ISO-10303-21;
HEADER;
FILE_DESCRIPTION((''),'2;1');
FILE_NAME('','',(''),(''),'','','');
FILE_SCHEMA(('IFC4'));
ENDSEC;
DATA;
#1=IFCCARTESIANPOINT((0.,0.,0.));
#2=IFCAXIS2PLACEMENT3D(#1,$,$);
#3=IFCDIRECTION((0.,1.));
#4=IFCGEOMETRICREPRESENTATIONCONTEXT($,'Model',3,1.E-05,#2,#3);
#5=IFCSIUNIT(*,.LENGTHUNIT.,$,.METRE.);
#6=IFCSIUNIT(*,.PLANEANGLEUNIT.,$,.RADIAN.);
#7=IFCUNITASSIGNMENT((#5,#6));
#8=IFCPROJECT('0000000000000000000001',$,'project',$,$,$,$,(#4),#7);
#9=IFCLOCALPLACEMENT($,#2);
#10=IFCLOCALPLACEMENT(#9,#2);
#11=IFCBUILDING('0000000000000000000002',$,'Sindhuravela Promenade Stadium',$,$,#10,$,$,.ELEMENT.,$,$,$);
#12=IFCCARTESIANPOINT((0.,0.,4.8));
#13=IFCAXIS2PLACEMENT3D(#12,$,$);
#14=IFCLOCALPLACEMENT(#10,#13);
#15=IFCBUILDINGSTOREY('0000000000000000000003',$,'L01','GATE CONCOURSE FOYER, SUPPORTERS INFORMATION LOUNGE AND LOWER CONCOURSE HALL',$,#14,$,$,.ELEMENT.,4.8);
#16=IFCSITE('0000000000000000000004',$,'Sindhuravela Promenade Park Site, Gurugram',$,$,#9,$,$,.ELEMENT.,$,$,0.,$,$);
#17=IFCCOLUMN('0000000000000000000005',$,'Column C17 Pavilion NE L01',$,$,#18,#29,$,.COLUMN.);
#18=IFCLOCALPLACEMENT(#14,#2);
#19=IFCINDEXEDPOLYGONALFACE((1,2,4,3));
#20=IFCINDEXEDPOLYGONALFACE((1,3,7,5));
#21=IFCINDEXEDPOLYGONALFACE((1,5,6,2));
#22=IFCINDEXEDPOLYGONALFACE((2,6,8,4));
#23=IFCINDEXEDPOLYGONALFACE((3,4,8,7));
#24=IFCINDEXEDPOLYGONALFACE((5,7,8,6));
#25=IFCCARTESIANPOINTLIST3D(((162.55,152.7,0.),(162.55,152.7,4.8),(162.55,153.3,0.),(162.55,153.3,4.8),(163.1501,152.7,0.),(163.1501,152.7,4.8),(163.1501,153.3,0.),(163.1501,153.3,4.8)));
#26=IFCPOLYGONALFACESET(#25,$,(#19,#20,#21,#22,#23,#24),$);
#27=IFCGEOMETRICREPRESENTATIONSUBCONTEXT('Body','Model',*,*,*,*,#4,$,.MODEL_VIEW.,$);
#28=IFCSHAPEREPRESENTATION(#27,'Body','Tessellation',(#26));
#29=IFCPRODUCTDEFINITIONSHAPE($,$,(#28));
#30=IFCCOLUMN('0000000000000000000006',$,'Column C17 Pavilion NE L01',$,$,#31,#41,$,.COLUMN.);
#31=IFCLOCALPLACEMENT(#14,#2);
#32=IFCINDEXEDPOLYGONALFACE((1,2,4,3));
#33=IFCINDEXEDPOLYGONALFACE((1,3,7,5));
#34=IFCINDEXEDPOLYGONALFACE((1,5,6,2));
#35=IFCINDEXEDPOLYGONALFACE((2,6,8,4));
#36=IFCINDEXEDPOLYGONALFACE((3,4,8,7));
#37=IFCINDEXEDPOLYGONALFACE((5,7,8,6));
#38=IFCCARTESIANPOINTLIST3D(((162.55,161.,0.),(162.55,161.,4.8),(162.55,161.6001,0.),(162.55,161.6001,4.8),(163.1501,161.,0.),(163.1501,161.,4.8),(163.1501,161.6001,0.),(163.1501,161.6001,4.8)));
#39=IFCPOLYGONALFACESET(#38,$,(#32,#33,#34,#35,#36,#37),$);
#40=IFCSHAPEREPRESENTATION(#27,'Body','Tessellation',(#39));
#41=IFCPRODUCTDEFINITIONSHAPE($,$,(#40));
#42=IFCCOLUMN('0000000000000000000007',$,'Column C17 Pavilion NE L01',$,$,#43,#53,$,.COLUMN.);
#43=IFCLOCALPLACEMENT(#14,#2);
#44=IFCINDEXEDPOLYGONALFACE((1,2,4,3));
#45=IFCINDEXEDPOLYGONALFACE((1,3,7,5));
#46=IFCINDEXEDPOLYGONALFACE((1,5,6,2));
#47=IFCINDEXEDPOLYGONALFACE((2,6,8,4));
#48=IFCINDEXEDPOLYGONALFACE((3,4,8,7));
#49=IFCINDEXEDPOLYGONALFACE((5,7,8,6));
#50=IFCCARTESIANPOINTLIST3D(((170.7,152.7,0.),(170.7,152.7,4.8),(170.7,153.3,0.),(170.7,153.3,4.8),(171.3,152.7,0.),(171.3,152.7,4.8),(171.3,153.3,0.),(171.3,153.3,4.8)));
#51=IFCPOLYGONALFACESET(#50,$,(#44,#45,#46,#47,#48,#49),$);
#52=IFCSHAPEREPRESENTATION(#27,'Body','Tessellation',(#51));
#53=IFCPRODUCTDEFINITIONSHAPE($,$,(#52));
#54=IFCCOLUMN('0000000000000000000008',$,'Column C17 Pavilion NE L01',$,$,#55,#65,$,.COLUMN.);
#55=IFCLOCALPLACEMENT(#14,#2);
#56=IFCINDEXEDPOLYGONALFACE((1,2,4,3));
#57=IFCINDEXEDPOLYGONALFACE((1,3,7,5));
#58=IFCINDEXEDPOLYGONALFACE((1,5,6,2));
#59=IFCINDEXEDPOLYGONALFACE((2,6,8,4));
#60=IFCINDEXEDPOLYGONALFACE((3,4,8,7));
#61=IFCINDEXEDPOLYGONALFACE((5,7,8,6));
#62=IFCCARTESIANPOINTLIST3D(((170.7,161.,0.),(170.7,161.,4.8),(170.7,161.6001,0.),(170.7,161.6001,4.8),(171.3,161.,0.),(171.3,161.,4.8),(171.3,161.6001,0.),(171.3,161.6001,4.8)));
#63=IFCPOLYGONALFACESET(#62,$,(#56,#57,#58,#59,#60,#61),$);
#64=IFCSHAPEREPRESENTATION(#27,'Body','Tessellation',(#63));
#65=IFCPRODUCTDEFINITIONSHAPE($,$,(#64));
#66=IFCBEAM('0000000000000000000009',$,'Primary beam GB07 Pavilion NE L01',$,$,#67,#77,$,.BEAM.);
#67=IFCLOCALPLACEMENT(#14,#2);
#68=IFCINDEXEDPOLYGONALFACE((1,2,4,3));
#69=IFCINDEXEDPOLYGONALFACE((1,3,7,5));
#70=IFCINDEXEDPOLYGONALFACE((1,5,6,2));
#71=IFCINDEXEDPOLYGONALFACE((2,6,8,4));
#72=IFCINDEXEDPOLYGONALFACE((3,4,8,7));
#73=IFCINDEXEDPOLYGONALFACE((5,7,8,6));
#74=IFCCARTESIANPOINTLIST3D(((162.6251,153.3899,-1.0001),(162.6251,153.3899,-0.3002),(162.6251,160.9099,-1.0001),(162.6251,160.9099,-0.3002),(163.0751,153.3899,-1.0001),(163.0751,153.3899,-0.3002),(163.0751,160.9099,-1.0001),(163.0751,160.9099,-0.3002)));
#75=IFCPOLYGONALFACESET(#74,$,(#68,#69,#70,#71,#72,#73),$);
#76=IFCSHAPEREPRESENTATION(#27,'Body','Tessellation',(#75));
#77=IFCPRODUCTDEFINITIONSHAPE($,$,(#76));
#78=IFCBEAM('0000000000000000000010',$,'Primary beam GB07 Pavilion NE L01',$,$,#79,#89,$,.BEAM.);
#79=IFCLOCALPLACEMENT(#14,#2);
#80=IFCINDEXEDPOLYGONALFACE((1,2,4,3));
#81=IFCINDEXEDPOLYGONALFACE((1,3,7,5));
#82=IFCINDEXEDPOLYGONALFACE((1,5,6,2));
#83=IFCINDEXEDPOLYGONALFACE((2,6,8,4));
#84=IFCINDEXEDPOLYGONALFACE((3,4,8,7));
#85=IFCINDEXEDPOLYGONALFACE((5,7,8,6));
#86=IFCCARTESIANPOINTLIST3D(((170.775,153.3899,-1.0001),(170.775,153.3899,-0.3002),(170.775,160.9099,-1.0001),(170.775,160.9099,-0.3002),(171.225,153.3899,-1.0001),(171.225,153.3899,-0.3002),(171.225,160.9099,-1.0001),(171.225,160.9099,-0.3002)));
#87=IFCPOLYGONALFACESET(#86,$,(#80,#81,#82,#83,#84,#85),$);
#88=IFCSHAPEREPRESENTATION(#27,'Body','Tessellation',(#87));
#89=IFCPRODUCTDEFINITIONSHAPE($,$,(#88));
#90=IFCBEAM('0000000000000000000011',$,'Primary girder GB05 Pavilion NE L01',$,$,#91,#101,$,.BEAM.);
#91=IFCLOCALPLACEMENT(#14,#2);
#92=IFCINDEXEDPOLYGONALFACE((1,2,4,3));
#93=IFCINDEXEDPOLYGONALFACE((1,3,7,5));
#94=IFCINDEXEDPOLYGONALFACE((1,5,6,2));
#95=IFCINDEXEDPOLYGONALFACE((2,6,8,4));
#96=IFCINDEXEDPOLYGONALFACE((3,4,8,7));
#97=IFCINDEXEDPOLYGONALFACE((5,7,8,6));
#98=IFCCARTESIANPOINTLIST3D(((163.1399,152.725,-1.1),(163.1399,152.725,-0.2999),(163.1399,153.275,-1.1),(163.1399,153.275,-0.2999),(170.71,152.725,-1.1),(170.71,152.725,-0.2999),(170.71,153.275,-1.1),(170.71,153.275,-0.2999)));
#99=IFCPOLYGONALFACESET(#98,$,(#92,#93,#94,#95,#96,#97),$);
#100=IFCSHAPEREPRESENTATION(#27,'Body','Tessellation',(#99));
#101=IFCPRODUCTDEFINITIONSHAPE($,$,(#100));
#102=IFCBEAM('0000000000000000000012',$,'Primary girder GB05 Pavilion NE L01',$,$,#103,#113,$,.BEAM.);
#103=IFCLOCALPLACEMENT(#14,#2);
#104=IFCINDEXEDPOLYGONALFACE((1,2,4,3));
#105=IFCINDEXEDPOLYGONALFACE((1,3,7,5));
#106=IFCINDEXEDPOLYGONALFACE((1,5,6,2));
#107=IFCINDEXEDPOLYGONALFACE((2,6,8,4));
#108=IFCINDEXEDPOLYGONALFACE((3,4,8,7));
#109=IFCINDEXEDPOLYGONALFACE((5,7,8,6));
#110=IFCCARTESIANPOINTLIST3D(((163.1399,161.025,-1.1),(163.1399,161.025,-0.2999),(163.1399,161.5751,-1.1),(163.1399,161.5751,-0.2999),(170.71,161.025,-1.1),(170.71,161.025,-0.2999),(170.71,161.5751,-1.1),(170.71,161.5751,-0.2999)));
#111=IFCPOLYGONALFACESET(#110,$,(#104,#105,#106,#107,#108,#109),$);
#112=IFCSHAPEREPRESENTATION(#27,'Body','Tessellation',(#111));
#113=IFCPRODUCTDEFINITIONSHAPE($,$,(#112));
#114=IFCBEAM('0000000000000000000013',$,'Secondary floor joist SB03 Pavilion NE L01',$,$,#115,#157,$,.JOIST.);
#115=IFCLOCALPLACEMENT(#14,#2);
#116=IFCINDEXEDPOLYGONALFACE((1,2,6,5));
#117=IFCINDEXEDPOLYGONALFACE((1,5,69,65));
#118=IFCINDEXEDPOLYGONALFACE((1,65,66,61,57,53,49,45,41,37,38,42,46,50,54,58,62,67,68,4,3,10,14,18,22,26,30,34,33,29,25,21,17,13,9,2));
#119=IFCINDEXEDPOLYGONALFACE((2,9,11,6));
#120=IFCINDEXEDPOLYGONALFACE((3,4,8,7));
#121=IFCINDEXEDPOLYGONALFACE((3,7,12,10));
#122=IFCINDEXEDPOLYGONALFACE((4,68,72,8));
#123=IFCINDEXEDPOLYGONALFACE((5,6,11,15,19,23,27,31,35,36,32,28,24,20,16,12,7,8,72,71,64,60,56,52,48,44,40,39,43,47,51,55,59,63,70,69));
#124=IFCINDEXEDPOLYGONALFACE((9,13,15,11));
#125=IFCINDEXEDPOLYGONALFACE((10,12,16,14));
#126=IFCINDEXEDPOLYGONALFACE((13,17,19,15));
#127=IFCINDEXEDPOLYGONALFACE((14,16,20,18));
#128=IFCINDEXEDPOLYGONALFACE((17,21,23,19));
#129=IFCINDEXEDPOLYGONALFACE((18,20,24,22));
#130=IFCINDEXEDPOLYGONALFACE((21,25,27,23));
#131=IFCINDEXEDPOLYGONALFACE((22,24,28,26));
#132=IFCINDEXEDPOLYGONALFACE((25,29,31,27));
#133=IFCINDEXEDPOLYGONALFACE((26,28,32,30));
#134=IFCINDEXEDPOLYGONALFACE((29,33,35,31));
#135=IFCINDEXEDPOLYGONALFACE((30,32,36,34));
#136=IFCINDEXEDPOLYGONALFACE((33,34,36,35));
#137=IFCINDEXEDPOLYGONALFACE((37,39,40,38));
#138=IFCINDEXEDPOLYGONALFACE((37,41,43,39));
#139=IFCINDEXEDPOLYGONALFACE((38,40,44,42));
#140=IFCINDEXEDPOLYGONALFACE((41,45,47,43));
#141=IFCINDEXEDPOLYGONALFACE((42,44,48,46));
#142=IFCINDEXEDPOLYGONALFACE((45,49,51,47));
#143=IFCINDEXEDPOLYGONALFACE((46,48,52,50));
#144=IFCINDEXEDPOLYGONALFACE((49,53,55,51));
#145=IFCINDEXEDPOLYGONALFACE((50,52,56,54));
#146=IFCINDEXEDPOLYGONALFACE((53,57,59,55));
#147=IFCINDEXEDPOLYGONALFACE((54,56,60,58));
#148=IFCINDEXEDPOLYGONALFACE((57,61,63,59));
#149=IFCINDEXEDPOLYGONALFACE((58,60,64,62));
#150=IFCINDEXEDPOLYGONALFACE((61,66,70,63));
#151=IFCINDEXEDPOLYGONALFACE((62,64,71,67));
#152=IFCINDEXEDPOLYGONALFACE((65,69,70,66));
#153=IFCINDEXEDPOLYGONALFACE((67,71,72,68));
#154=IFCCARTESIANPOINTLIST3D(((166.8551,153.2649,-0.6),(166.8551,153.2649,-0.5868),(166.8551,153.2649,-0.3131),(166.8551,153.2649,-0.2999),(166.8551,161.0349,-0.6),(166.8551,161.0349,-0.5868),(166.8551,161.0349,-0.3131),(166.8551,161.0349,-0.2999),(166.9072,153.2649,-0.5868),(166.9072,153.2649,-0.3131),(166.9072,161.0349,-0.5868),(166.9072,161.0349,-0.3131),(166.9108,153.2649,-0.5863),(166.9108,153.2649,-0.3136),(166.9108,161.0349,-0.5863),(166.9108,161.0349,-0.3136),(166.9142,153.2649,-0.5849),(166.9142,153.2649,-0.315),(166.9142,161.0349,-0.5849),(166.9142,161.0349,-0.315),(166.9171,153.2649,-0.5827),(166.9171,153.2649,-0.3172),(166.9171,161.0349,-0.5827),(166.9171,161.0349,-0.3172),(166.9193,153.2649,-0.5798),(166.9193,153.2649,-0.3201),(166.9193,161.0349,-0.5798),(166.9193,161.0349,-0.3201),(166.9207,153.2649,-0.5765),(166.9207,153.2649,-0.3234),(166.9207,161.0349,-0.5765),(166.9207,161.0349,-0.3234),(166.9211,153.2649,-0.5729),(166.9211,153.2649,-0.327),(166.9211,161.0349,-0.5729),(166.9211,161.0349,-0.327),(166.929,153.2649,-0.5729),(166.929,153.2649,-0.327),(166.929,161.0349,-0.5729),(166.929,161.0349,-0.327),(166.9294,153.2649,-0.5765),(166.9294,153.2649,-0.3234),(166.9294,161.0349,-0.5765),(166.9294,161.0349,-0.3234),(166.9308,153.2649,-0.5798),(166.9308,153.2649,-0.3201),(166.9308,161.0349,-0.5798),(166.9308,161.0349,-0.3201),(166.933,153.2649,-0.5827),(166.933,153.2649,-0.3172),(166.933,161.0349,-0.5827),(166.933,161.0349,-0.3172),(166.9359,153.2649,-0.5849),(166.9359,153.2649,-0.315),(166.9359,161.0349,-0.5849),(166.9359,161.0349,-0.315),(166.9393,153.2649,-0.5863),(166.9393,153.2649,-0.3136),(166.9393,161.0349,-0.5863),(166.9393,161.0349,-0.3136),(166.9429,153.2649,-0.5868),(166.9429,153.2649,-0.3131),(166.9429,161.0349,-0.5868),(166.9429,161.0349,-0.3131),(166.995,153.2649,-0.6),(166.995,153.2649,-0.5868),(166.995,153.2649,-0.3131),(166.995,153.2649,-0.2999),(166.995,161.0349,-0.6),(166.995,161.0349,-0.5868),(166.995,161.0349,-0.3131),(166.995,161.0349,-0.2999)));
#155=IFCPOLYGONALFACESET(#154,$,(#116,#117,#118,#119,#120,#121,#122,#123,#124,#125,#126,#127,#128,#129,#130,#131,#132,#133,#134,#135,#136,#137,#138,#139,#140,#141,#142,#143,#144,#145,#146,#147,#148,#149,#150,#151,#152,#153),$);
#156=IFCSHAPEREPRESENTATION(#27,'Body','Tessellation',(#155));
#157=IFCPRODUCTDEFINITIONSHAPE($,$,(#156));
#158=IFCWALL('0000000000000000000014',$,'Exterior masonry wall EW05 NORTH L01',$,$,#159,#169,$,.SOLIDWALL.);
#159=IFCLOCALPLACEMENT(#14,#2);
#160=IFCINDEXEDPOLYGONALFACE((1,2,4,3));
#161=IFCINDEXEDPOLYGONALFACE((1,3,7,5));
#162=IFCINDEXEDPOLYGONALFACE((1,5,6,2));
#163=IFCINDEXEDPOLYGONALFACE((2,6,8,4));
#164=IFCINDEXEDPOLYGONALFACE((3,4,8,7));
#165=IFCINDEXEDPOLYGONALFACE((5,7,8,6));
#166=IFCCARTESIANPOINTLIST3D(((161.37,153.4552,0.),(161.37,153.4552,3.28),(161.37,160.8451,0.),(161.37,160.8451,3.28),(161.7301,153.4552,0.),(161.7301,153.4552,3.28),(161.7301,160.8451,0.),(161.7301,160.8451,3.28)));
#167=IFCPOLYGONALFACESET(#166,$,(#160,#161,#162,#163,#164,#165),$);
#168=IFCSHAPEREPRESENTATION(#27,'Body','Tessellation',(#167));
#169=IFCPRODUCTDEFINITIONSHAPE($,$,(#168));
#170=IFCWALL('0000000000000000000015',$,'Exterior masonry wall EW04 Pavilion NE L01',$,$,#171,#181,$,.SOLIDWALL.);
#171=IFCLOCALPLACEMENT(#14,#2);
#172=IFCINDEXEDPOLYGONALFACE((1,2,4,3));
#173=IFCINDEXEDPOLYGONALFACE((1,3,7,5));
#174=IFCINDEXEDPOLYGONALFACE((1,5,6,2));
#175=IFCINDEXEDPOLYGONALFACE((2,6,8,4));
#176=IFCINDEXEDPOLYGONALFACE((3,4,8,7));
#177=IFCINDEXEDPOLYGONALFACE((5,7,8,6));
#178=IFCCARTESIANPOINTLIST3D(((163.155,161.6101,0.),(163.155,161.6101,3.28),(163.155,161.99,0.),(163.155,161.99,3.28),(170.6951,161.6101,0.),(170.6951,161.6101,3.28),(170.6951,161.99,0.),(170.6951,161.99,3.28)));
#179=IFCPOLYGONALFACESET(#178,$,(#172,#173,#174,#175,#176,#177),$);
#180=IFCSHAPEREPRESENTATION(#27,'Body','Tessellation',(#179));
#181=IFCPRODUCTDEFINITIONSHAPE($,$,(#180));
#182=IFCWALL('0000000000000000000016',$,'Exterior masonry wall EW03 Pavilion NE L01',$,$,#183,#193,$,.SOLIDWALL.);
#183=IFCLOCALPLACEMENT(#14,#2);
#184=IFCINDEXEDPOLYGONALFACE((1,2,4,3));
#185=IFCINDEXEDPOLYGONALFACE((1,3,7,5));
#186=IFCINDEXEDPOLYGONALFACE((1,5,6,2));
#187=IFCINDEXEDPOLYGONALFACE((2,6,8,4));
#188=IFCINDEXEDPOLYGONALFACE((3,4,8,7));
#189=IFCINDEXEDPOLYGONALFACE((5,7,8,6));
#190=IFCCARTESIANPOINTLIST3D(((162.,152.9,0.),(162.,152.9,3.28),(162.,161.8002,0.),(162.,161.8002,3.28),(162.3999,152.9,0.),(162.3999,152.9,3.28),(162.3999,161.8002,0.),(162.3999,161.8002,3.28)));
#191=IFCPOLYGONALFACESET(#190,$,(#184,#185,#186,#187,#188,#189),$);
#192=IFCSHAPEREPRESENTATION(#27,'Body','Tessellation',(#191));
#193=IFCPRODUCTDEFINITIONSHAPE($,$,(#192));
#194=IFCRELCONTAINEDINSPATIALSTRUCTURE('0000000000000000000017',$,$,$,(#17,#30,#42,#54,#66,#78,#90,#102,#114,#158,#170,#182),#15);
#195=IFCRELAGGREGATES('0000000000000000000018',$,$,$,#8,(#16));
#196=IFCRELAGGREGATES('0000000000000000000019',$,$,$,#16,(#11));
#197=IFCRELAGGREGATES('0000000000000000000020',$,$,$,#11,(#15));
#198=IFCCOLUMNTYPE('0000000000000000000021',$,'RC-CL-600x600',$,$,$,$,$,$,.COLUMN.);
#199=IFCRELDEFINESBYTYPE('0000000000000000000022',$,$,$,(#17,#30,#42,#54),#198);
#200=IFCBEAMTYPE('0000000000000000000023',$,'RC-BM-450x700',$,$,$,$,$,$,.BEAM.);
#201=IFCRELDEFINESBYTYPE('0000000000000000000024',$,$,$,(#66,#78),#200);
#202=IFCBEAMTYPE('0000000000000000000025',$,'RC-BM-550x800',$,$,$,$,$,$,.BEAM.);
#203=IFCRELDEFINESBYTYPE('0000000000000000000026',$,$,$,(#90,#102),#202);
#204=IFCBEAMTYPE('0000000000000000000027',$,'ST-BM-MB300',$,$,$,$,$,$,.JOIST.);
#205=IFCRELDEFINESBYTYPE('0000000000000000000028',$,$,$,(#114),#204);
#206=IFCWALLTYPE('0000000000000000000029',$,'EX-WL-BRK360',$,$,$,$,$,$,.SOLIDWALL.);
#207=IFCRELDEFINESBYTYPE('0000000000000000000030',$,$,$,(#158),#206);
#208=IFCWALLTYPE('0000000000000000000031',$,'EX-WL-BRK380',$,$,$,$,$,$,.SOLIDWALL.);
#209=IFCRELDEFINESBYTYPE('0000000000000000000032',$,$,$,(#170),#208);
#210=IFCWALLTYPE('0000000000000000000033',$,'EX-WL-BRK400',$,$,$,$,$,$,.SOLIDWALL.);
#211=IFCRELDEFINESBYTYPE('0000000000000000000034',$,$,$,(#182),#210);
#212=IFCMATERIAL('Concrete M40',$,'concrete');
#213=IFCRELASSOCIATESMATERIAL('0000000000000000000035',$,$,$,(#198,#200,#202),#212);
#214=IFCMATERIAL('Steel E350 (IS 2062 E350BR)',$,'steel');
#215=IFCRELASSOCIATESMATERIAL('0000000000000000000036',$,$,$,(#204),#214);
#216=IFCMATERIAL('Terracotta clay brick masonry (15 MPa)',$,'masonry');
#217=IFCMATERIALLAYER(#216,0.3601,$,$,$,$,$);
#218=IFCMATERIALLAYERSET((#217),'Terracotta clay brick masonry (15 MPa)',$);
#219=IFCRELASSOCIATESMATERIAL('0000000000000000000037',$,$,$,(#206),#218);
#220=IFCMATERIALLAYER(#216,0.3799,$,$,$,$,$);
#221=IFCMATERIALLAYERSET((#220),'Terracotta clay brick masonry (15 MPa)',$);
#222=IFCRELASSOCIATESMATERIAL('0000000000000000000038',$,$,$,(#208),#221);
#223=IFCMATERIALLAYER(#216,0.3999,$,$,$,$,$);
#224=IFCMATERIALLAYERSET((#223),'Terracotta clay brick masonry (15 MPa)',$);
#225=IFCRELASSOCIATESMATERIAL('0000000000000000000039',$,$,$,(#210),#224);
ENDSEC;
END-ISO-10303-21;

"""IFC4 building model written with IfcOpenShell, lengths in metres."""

from ifc_helpers import new_model, si_unit, direction, frame, frame_2d, origin, origin_2d, place, context, subcontext, project, spatial, rectangle, i_section, extrude, material, layer, layer_set, material_profile, profile_set, type_object, element, save


model = new_model("IFC4")

# Units and contexts
model_context = context("Model", 3, precision=1e-05, world=origin(), true_north=direction((0.0, 1.0)))
body_context = subcontext(model_context, "Body", "Model", "MODEL_VIEW")
ifc_project = project(units=[si_unit("LENGTHUNIT", "METRE"), si_unit("PLANEANGLEUNIT", "RADIAN")], contexts=[model_context])

# Site, building, storey
site_placement = place(None, origin())
site = spatial("IfcSite", under=ifc_project, at=site_placement, Name="Sindhuravela Promenade Park Site, Gurugram", CompositionType="ELEMENT", RefElevation=0.0)
building_placement = place(site_placement, origin())
building = spatial("IfcBuilding", under=site, at=building_placement, Name="Sindhuravela Promenade Stadium", CompositionType="ELEMENT")
storey_placement = place(building_placement, frame((0.0, 0.0, 4.8)))
storey = spatial("IfcBuildingStorey", under=building, at=storey_placement, Name="L01", Description="GATE CONCOURSE FOYER, SUPPORTERS INFORMATION LOUNGE AND LOWER CONCOURSE HALL", CompositionType="ELEMENT", Elevation=4.8)

# Columns
ifc_material_1 = material(Name="Concrete M40", Category="concrete")
ifc_material_profile_1 = material_profile(ifc_material_1, rectangle(XDim=0.6001, YDim=0.6001, at=origin_2d()), Name="RC 600x600")
ifc_profile_set_1 = profile_set([ifc_material_profile_1], Name="Concrete M40")
column_type = type_object("IfcColumnType", Name="RC-CL-600x600", PredefinedType="COLUMN", material=ifc_profile_set_1)
for number, where, z_axis, x_axis, name in (
    (1, (162.8501, 153.0, 0.0), (0.0, 0.0, 1.0), (1.0, 0.0, 0.0), "Column C17 Pavilion NE L01"),
    (2, (162.8501, 161.3, 0.0), (0.0, 0.0, 1.0), (1.0, 0.0, 0.0), "Column C17 Pavilion NE L01"),
    (3, (171.0, 153.0, 0.0), (0.0, 0.0, 1.0), (1.0, 0.0, 0.0), "Column C17 Pavilion NE L01"),
    (4, (171.0, 161.3, 0.0), (0.0, 0.0, 1.0), (1.0, 0.0, 0.0), "Column C17 Pavilion NE L01"),
):
    element("IfcColumn", number, at=place(storey_placement, frame(where, z_axis=z_axis, x_axis=x_axis)), inside=storey, type_object=column_type, Name=name, PredefinedType="COLUMN", context=body_context, shape_type="SweptSolid", body=[
        extrude(rectangle(XDim=0.6001, YDim=0.6001, at=origin_2d()), origin(), (0.0, 0.0, 1.0), 4.8),
    ])

# Beams
ifc_material_profile_2 = material_profile(ifc_material_1, rectangle(XDim=0.45, YDim=0.7, at=origin_2d()), Name="RC 450x700")
ifc_profile_set_2 = profile_set([ifc_material_profile_2], Name="Concrete M40")
beam_type_1 = type_object("IfcBeamType", Name="RC-BM-450x700", PredefinedType="BEAM", material=ifc_profile_set_2)
for number, where, z_axis, x_axis, name in (
    (5, (162.8501, 153.3899, -0.6501), (0.0, 1.0, 0.0), (-1.0, 0.0, 0.0), "Primary beam GB07 Pavilion NE L01"),
    (6, (171.0, 153.3899, -0.6501), (0.0, 1.0, 0.0), (-1.0, 0.0, 0.0), "Primary beam GB07 Pavilion NE L01"),
):
    element("IfcBeam", number, at=place(storey_placement, frame(where, z_axis=z_axis, x_axis=x_axis)), inside=storey, type_object=beam_type_1, Name=name, PredefinedType="BEAM", context=body_context, shape_type="SweptSolid", body=[
        extrude(rectangle(XDim=0.45, YDim=0.7, at=origin_2d()), origin(), (0.0, 0.0, 1.0), 7.52),
    ])
ifc_material_profile_3 = material_profile(ifc_material_1, rectangle(XDim=0.55, YDim=0.8, at=origin_2d()), Name="RC 550x800")
ifc_profile_set_3 = profile_set([ifc_material_profile_3], Name="Concrete M40")
beam_type_2 = type_object("IfcBeamType", Name="RC-BM-550x800", PredefinedType="BEAM", material=ifc_profile_set_3)
for number, where, z_axis, x_axis, name in (
    (7, (163.1399, 153.0, -0.7), (1.0, 0.0, 0.0), (0.0, 1.0, 0.0), "Primary girder GB05 Pavilion NE L01"),
    (8, (163.1399, 161.3, -0.7), (1.0, 0.0, 0.0), (0.0, 1.0, 0.0), "Primary girder GB05 Pavilion NE L01"),
):
    element("IfcBeam", number, at=place(storey_placement, frame(where, z_axis=z_axis, x_axis=x_axis)), inside=storey, type_object=beam_type_2, Name=name, PredefinedType="BEAM", context=body_context, shape_type="SweptSolid", body=[
        extrude(rectangle(XDim=0.55, YDim=0.8, at=origin_2d()), origin(), (0.0, 0.0, 1.0), 7.5701),
    ])
ifc_material_2 = material(Name="Steel E350 (IS 2062 E350BR)", Category="steel")
ifc_material_profile_4 = material_profile(ifc_material_2, i_section(OverallWidth=0.1399, OverallDepth=0.3, WebThickness=0.0078, FlangeThickness=0.0132, FilletRadius=0.0139, at=origin_2d()), Name="ISMB 300")
ifc_profile_set_4 = profile_set([ifc_material_profile_4], Name="Steel E350 (IS 2062 E350BR)")
beam_type_3 = type_object("IfcBeamType", Name="ST-BM-MB300", PredefinedType="JOIST", material=ifc_profile_set_4)
beam_placement = place(storey_placement, frame((166.925, 153.2649, -0.45), z_axis=(0.0, 1.0, 0.0), x_axis=(-1.0, 0.0, 0.0)))
element("IfcBeam", 9, at=beam_placement, inside=storey, type_object=beam_type_3, Name="Secondary floor joist SB03 Pavilion NE L01", PredefinedType="JOIST", context=body_context, shape_type="SweptSolid", body=[
    extrude(i_section(OverallWidth=0.1399, OverallDepth=0.3, WebThickness=0.0078, FlangeThickness=0.0132, FilletRadius=0.0139, at=origin_2d()), origin(), (0.0, 0.0, 1.0), 7.77),
])

# Walls
ifc_material_3 = material(Name="Terracotta clay brick masonry (15 MPa)", Category="masonry")
ifc_layer_1 = layer(ifc_material_3, 0.3601)
ifc_layer_set_1 = layer_set([ifc_layer_1], Name="Terracotta clay brick masonry (15 MPa)")
wall_type_1 = type_object("IfcWallType", Name="EX-WL-BRK360", PredefinedType="SOLIDWALL", material=ifc_layer_set_1)
wall_1_placement = place(storey_placement, frame((161.55, 160.845, 0.0), z_axis=(0.0, 0.0, 1.0), x_axis=(0.0, -1.0, 0.0)))
element("IfcWall", 10, at=wall_1_placement, inside=storey, type_object=wall_type_1, Name="Exterior masonry wall EW05 NORTH L01", PredefinedType="SOLIDWALL", context=body_context, shape_type="SweptSolid", body=[
    extrude(rectangle(XDim=7.3899, YDim=0.3601, at=frame_2d((3.6948, 0.0))), origin(), (0.0, 0.0, 1.0), 3.28),
])
ifc_layer_2 = layer(ifc_material_3, 0.3799)
ifc_layer_set_2 = layer_set([ifc_layer_2], Name="Terracotta clay brick masonry (15 MPa)")
wall_type_2 = type_object("IfcWallType", Name="EX-WL-BRK380", PredefinedType="SOLIDWALL", material=ifc_layer_set_2)
wall_2_placement = place(storey_placement, frame((163.155, 161.8, 0.0), z_axis=(0.0, 0.0, 1.0), x_axis=(1.0, 0.0, 0.0)))
element("IfcWall", 11, at=wall_2_placement, inside=storey, type_object=wall_type_2, Name="Exterior masonry wall EW04 Pavilion NE L01", PredefinedType="SOLIDWALL", context=body_context, shape_type="SweptSolid", body=[
    extrude(rectangle(XDim=7.54, YDim=0.3799, at=frame_2d((3.77, 0.0))), origin(), (0.0, 0.0, 1.0), 3.28),
])
ifc_layer_3 = layer(ifc_material_3, 0.3999)
ifc_layer_set_3 = layer_set([ifc_layer_3], Name="Terracotta clay brick masonry (15 MPa)")
wall_type_3 = type_object("IfcWallType", Name="EX-WL-BRK400", PredefinedType="SOLIDWALL", material=ifc_layer_set_3)
wall_3_placement = place(storey_placement, frame((162.2, 152.8999, 0.0), z_axis=(0.0, 0.0, 1.0), x_axis=(0.0, 1.0, 0.0)))
element("IfcWall", 12, at=wall_3_placement, inside=storey, type_object=wall_type_3, Name="Exterior masonry wall EW03 Pavilion NE L01", PredefinedType="SOLIDWALL", context=body_context, shape_type="SweptSolid", body=[
    extrude(rectangle(XDim=8.9001, YDim=0.3999, at=frame_2d((4.4502, 0.0))), origin(), (0.0, 0.0, 1.0), 3.28),
])

save(model, "model.ifc")
